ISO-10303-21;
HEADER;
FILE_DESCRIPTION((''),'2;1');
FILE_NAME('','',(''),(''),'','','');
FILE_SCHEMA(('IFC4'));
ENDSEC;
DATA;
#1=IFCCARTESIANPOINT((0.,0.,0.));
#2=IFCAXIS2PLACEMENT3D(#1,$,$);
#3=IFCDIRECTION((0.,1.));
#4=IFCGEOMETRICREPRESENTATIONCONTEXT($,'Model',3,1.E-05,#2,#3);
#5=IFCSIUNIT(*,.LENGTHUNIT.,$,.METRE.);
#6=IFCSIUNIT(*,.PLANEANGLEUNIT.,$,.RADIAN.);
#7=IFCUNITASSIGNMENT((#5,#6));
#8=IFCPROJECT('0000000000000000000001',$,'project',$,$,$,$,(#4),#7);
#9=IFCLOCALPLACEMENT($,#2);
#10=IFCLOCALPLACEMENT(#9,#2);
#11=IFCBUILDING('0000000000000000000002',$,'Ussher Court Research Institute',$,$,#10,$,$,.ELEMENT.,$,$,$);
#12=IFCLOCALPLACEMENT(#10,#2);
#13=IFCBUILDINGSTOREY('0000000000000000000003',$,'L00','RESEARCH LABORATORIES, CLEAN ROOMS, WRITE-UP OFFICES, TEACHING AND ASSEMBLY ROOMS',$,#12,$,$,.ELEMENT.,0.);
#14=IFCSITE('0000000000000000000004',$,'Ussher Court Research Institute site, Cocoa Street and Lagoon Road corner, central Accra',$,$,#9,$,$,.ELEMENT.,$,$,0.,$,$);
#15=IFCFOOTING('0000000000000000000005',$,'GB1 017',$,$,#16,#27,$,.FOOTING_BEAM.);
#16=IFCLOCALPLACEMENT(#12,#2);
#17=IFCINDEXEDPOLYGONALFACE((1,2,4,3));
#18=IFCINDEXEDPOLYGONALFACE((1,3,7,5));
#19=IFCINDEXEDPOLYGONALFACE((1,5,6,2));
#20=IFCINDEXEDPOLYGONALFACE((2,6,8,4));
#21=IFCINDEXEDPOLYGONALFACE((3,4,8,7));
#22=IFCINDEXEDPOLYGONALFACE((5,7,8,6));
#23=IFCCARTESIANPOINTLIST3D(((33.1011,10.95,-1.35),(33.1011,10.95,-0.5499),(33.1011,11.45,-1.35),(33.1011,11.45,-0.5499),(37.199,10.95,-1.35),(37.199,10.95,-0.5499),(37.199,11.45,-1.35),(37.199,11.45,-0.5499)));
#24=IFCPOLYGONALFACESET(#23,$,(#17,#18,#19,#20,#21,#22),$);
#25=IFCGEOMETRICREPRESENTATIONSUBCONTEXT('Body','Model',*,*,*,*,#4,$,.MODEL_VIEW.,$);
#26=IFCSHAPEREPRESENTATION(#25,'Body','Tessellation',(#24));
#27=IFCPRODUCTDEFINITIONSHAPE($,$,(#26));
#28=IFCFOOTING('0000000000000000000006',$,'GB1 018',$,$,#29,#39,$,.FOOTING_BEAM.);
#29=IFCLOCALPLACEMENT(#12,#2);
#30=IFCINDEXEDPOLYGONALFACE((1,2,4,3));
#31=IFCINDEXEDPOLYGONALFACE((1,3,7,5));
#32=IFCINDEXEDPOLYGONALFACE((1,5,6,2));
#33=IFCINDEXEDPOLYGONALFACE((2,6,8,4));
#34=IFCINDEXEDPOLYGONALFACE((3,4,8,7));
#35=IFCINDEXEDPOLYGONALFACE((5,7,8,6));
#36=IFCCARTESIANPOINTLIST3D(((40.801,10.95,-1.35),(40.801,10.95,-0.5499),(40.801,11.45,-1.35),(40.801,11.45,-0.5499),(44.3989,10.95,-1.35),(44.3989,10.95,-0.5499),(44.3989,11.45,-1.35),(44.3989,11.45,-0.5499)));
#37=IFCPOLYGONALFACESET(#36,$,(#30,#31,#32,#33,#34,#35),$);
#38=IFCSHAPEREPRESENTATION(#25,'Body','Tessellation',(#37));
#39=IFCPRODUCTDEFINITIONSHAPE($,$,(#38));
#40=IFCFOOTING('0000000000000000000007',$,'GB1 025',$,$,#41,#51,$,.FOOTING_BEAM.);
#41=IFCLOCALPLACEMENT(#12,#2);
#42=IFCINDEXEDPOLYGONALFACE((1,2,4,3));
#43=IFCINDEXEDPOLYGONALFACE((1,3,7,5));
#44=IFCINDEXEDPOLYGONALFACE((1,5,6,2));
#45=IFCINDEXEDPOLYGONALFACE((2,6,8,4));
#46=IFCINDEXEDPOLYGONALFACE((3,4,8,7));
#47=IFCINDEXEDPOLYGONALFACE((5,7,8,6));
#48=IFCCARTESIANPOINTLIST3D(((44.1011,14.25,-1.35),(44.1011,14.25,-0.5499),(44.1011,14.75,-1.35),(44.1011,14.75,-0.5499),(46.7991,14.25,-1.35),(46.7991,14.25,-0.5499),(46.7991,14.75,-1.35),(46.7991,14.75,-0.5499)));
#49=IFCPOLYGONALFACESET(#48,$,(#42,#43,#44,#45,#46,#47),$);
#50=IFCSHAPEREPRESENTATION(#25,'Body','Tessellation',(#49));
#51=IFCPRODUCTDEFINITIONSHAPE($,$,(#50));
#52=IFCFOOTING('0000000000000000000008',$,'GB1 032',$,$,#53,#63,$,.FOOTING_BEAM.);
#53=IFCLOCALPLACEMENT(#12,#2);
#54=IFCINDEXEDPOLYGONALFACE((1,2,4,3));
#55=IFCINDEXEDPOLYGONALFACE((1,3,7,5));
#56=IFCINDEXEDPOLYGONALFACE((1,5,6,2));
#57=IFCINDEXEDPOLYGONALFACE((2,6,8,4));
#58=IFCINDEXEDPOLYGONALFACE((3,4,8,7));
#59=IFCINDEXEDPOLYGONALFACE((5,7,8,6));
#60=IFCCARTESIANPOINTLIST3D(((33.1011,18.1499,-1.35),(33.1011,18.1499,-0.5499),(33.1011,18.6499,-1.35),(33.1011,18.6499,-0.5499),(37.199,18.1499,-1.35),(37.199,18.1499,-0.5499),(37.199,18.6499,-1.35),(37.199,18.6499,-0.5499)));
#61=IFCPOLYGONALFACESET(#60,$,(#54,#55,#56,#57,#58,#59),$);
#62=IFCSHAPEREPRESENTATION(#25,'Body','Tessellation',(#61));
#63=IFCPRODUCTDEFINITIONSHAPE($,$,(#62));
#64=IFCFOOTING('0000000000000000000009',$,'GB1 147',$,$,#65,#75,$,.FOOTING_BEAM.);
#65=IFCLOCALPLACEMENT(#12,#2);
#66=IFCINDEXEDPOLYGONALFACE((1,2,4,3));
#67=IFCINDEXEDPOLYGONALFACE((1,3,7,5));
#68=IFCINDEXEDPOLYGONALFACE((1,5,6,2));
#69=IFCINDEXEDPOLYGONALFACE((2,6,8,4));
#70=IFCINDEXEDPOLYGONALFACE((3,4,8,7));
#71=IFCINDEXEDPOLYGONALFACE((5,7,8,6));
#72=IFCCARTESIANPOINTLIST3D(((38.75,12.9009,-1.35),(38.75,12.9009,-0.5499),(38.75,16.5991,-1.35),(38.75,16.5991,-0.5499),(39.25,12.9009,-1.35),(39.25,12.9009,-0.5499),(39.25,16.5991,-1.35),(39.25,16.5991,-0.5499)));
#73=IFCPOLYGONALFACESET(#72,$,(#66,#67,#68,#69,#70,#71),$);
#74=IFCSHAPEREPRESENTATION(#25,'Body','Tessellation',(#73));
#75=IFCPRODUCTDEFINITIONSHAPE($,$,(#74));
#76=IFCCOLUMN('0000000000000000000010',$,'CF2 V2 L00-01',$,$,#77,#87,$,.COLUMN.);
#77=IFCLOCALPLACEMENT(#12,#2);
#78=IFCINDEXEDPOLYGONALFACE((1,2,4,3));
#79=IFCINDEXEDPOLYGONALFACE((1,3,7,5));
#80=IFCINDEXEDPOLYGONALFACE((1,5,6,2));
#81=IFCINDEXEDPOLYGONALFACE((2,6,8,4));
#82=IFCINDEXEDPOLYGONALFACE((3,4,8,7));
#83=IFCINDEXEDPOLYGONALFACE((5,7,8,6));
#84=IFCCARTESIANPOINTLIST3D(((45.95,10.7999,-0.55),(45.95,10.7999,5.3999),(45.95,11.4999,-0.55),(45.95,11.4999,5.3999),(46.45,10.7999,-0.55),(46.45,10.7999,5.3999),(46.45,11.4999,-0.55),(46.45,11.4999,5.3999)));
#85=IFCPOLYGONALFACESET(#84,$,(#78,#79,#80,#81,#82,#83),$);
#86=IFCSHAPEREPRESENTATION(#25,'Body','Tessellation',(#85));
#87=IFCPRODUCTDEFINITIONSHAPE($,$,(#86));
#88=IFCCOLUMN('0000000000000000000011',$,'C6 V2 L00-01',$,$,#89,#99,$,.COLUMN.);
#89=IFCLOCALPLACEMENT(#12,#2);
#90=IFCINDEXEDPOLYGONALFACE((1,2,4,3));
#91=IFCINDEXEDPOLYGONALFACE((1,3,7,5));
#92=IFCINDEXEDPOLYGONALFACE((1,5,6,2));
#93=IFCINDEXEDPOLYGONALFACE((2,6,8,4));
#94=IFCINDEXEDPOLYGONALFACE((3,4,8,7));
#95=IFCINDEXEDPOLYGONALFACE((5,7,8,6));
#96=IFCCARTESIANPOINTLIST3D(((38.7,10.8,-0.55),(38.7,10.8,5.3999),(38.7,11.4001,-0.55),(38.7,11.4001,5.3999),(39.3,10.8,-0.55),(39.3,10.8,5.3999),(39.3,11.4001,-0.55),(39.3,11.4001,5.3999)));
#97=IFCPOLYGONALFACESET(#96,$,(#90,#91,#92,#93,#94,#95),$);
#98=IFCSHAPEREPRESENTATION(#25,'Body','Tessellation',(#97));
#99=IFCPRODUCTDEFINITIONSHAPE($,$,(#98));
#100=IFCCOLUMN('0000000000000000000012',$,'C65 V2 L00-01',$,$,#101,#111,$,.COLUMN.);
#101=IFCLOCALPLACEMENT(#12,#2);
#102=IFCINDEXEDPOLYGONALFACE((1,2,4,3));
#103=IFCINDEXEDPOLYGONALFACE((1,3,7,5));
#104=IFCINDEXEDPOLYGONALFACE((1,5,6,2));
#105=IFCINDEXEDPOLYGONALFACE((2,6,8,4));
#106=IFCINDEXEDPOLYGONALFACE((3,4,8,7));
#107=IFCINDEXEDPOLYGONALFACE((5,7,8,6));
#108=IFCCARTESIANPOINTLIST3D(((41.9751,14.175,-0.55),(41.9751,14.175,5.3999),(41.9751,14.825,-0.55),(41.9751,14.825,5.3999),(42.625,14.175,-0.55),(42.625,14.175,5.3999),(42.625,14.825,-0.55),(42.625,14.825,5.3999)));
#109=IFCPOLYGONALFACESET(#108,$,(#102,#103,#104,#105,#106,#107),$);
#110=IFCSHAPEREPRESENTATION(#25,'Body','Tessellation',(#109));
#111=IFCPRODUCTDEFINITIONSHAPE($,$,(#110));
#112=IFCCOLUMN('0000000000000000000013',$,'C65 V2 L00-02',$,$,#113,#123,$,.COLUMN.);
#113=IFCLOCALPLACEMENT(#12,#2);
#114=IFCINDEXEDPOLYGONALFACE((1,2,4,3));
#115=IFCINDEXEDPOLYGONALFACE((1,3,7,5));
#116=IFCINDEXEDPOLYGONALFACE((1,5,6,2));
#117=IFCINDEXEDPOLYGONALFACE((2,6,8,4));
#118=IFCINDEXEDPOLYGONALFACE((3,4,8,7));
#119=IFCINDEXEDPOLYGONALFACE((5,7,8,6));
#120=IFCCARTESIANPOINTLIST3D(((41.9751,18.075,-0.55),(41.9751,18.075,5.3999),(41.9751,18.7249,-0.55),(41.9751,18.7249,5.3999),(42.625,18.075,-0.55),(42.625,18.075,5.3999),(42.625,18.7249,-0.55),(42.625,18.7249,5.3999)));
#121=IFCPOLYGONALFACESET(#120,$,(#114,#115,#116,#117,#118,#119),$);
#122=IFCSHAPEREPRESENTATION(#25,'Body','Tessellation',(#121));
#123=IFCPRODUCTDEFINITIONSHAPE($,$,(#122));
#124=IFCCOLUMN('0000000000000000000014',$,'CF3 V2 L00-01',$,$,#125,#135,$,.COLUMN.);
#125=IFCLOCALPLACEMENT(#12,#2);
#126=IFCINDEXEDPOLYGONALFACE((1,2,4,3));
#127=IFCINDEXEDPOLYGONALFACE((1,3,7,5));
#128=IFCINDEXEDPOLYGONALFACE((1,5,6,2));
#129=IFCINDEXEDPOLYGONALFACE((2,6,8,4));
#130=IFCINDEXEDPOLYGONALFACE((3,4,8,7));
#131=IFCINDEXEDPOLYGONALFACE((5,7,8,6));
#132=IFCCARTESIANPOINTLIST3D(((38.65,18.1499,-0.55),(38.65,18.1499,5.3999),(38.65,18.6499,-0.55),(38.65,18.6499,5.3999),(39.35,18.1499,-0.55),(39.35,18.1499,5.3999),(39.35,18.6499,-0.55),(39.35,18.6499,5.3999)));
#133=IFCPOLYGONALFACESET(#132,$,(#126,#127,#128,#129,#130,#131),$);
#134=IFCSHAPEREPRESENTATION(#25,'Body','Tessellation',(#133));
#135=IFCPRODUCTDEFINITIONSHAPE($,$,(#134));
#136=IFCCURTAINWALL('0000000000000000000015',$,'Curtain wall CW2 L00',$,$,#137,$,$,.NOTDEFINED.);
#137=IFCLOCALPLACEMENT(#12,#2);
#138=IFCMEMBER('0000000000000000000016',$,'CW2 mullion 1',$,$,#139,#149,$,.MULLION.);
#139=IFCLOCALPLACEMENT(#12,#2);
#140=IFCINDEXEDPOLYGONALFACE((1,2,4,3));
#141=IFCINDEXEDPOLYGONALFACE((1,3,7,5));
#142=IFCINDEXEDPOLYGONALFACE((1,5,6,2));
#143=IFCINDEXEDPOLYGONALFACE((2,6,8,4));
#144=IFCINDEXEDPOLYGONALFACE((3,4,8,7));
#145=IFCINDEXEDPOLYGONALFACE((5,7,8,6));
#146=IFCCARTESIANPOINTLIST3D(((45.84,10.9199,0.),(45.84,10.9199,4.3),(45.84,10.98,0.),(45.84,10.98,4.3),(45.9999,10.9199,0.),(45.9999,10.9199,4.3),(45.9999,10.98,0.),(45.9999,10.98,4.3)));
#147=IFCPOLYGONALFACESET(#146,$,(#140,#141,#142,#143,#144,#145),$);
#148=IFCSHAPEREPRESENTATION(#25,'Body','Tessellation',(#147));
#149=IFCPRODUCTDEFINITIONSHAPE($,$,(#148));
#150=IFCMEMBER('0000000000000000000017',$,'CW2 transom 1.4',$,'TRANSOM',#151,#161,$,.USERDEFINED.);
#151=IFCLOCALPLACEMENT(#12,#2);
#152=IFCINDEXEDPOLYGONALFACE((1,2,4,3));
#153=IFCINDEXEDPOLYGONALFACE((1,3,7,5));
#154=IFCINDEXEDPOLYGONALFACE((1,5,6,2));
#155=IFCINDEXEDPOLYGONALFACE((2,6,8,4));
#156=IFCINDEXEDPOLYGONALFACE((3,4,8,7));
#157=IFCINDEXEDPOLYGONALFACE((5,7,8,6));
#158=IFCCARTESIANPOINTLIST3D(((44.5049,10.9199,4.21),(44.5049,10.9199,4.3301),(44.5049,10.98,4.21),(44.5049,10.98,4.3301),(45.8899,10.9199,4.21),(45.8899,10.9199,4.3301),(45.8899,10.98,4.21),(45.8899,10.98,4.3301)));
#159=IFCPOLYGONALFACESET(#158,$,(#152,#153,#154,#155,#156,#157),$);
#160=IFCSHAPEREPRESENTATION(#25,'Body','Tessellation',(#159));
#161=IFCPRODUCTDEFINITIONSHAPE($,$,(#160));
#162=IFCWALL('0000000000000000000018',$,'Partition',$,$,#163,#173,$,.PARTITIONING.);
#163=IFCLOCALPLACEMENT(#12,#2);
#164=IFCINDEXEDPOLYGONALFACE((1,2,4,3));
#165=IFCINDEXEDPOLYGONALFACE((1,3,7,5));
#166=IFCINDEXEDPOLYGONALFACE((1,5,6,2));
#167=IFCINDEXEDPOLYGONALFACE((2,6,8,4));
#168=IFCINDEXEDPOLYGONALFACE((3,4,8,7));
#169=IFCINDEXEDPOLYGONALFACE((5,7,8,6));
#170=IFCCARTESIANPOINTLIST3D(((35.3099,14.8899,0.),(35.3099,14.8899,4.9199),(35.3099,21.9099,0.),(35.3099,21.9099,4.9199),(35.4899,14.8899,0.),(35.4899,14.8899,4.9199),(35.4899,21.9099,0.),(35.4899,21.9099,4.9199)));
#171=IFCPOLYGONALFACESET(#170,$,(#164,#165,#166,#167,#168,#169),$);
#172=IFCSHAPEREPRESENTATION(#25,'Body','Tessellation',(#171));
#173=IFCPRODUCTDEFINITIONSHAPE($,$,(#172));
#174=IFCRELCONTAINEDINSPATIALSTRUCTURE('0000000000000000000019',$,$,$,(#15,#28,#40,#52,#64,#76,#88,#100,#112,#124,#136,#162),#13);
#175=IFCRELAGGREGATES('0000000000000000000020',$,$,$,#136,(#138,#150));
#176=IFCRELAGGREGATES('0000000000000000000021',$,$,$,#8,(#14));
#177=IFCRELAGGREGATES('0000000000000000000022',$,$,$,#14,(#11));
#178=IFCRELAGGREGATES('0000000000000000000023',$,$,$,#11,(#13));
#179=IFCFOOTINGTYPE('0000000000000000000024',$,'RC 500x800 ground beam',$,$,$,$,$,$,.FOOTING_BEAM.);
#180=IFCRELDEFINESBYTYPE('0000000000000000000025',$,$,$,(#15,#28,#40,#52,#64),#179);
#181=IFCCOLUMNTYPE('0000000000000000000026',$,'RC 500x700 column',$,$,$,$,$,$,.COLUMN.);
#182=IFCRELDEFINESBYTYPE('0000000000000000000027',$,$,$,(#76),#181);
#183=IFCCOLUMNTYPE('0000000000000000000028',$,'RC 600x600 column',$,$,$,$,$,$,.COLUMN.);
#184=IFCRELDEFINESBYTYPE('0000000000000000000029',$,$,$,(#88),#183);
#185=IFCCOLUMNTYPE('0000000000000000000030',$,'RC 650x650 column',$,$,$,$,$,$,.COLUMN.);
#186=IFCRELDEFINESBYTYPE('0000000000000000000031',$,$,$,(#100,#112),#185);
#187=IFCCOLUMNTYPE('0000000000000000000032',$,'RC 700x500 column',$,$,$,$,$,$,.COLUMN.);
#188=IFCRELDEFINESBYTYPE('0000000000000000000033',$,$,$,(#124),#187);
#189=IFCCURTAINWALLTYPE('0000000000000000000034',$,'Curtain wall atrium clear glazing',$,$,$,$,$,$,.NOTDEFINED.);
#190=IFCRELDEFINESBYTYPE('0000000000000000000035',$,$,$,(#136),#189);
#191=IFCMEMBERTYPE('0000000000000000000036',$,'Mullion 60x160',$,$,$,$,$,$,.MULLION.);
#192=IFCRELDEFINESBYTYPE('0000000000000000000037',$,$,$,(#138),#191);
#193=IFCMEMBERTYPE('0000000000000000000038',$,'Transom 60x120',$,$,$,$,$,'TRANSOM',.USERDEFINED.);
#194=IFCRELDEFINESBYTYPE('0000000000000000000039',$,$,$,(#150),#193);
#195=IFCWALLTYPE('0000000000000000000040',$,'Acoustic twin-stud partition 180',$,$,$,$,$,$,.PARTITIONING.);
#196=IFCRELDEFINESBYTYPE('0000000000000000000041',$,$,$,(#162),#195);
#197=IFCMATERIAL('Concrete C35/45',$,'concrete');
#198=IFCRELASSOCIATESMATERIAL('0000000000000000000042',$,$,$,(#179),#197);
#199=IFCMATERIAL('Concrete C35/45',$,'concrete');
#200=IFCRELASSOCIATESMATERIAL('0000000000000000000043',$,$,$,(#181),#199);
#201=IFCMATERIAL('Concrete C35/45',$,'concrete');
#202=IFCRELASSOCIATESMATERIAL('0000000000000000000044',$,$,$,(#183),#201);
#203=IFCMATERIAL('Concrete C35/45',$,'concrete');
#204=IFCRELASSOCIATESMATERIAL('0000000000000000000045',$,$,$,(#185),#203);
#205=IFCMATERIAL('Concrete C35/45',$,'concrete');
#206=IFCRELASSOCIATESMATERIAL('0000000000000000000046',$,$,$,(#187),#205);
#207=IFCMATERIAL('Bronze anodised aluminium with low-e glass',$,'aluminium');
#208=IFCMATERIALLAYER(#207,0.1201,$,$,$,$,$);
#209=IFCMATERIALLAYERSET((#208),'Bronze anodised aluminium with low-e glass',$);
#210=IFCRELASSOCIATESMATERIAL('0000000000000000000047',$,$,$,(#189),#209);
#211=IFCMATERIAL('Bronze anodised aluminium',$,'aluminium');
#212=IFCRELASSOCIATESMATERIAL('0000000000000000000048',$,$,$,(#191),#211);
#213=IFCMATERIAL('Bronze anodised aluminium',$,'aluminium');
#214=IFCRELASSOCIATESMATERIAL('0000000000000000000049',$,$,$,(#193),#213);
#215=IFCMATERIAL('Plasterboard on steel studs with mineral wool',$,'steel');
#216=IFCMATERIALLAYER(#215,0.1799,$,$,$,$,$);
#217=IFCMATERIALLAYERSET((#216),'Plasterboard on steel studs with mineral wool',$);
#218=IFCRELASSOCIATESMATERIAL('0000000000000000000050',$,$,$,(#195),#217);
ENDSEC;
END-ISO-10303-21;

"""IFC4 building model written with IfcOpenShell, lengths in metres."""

from ifc_helpers import new_model, si_unit, direction, frame, frame_2d, origin, origin_2d, place, context, subcontext, project, spatial, rectangle, extrude, material, layer, layer_set, material_profile, profile_set, type_object, element, aggregate, save


model = new_model("IFC4")

# Units and contexts
model_context = context("Model", 3, precision=1e-05, world=origin(), true_north=direction((0.0, 1.0)))
body_context = subcontext(model_context, "Body", "Model", "MODEL_VIEW")
ifc_project = project(units=[si_unit("LENGTHUNIT", "METRE"), si_unit("PLANEANGLEUNIT", "RADIAN")], contexts=[model_context])

# Site, building, storey
site_placement = place(None, origin())
site = spatial("IfcSite", under=ifc_project, at=site_placement, Name="Ussher Court Research Institute site, Cocoa Street and Lagoon Road corner, central Accra", CompositionType="ELEMENT", RefElevation=0.0)
building_placement = place(site_placement, origin())
building = spatial("IfcBuilding", under=site, at=building_placement, Name="Ussher Court Research Institute", CompositionType="ELEMENT")
storey_placement = place(building_placement, origin())
storey = spatial("IfcBuildingStorey", under=building, at=storey_placement, Name="L00", Description="RESEARCH LABORATORIES, CLEAN ROOMS, WRITE-UP OFFICES, TEACHING AND ASSEMBLY ROOMS", CompositionType="ELEMENT", Elevation=0.0)

# Footings
ifc_material_1 = material(Name="Concrete C35/45", Category="concrete")
ifc_material_profile_1 = material_profile(ifc_material_1, rectangle(XDim=0.5, YDim=0.8, at=origin_2d()), Name="RC 500x800")
ifc_profile_set_1 = profile_set([ifc_material_profile_1], Name="Concrete C35/45")
footing_type = type_object("IfcFootingType", Name="RC 500x800 ground beam", PredefinedType="FOOTING_BEAM", material=ifc_profile_set_1)
footing_1_placement = place(storey_placement, frame((33.1011, 11.2, -0.95), z_axis=(1.0, 0.0, 0.0), x_axis=(0.0, 1.0, 0.0)))
element("IfcFooting", 1, at=footing_1_placement, inside=storey, type_object=footing_type, Name="GB1 017", PredefinedType="FOOTING_BEAM", context=body_context, shape_type="SweptSolid", body=[
    extrude(rectangle(XDim=0.5, YDim=0.8, at=origin_2d()), origin(), (0.0, 0.0, 1.0), 4.0979),
])
footing_2_placement = place(storey_placement, frame((40.801, 11.2, -0.95), z_axis=(1.0, 0.0, 0.0), x_axis=(0.0, 1.0, 0.0)))
element("IfcFooting", 2, at=footing_2_placement, inside=storey, type_object=footing_type, Name="GB1 018", PredefinedType="FOOTING_BEAM", context=body_context, shape_type="SweptSolid", body=[
    extrude(rectangle(XDim=0.5, YDim=0.8, at=origin_2d()), origin(), (0.0, 0.0, 1.0), 3.5979),
])
footing_3_placement = place(storey_placement, frame((44.1011, 14.5, -0.95), z_axis=(1.0, 0.0, 0.0), x_axis=(0.0, 1.0, 0.0)))
element("IfcFooting", 3, at=footing_3_placement, inside=storey, type_object=footing_type, Name="GB1 025", PredefinedType="FOOTING_BEAM", context=body_context, shape_type="SweptSolid", body=[
    extrude(rectangle(XDim=0.5, YDim=0.8, at=origin_2d()), origin(), (0.0, 0.0, 1.0), 2.698),
])
footing_4_placement = place(storey_placement, frame((33.1011, 18.3999, -0.95), z_axis=(1.0, 0.0, 0.0), x_axis=(0.0, 1.0, 0.0)))
element("IfcFooting", 4, at=footing_4_placement, inside=storey, type_object=footing_type, Name="GB1 032", PredefinedType="FOOTING_BEAM", context=body_context, shape_type="SweptSolid", body=[
    extrude(rectangle(XDim=0.5, YDim=0.8, at=origin_2d()), origin(), (0.0, 0.0, 1.0), 4.0979),
])
footing_5_placement = place(storey_placement, frame((39.0, 12.9009, -0.95), z_axis=(0.0, 1.0, 0.0), x_axis=(-1.0, 0.0, 0.0)))
element("IfcFooting", 5, at=footing_5_placement, inside=storey, type_object=footing_type, Name="GB1 147", PredefinedType="FOOTING_BEAM", context=body_context, shape_type="SweptSolid", body=[
    extrude(rectangle(XDim=0.5, YDim=0.8, at=origin_2d()), origin(), (0.0, 0.0, 1.0), 3.6982),
])

# Columns
ifc_material_2 = material(Name="Concrete C35/45", Category="concrete")
ifc_material_profile_2 = material_profile(ifc_material_2, rectangle(XDim=0.5, YDim=0.7, at=origin_2d()), Name="RC 500x700")
ifc_profile_set_2 = profile_set([ifc_material_profile_2], Name="Concrete C35/45")
column_type_1 = type_object("IfcColumnType", Name="RC 500x700 column", PredefinedType="COLUMN", material=ifc_profile_set_2)
column_1_placement = place(storey_placement, frame((46.2, 11.1499, -0.55), z_axis=(0.0, 0.0, 1.0), x_axis=(1.0, 0.0, 0.0)))
element("IfcColumn", 6, at=column_1_placement, inside=storey, type_object=column_type_1, Name="CF2 V2 L00-01", PredefinedType="COLUMN", context=body_context, shape_type="SweptSolid", body=[
    extrude(rectangle(XDim=0.5, YDim=0.7, at=origin_2d()), origin(), (0.0, 0.0, 1.0), 5.95),
])
ifc_material_3 = material(Name="Concrete C35/45", Category="concrete")
ifc_material_profile_3 = material_profile(ifc_material_3, rectangle(XDim=0.6001, YDim=0.6001, at=origin_2d()), Name="RC 600x600")
ifc_profile_set_3 = profile_set([ifc_material_profile_3], Name="Concrete C35/45")
column_type_2 = type_object("IfcColumnType", Name="RC 600x600 column", PredefinedType="COLUMN", material=ifc_profile_set_3)
column_2_placement = place(storey_placement, frame((39.0, 11.1001, -0.55), z_axis=(0.0, 0.0, 1.0), x_axis=(1.0, 0.0, 0.0)))
element("IfcColumn", 7, at=column_2_placement, inside=storey, type_object=column_type_2, Name="C6 V2 L00-01", PredefinedType="COLUMN", context=body_context, shape_type="SweptSolid", body=[
    extrude(rectangle(XDim=0.6001, YDim=0.6001, at=origin_2d()), origin(), (0.0, 0.0, 1.0), 5.95),
])
ifc_material_4 = material(Name="Concrete C35/45", Category="concrete")
ifc_material_profile_4 = material_profile(ifc_material_4, rectangle(XDim=0.6499, YDim=0.6499, at=origin_2d()), Name="RC 650x650")
ifc_profile_set_4 = profile_set([ifc_material_profile_4], Name="Concrete C35/45")
column_type_3 = type_object("IfcColumnType", Name="RC 650x650 column", PredefinedType="COLUMN", material=ifc_profile_set_4)
for number, where, z_axis, x_axis, name in (
    (8, (42.3, 14.5, -0.55), (0.0, 0.0, 1.0), (1.0, 0.0, 0.0), "C65 V2 L00-01"),
    (9, (42.3, 18.3999, -0.55), (0.0, 0.0, 1.0), (1.0, 0.0, 0.0), "C65 V2 L00-02"),
):
    element("IfcColumn", number, at=place(storey_placement, frame(where, z_axis=z_axis, x_axis=x_axis)), inside=storey, type_object=column_type_3, Name=name, PredefinedType="COLUMN", context=body_context, shape_type="SweptSolid", body=[
        extrude(rectangle(XDim=0.6499, YDim=0.6499, at=origin_2d()), origin(), (0.0, 0.0, 1.0), 5.95),
    ])
ifc_material_5 = material(Name="Concrete C35/45", Category="concrete")
ifc_material_profile_5 = material_profile(ifc_material_5, rectangle(XDim=0.7, YDim=0.5, at=origin_2d()), Name="RC 700x500")
ifc_profile_set_5 = profile_set([ifc_material_profile_5], Name="Concrete C35/45")
column_type_4 = type_object("IfcColumnType", Name="RC 700x500 column", PredefinedType="COLUMN", material=ifc_profile_set_5)
column_3_placement = place(storey_placement, frame((39.0, 18.3999, -0.55), z_axis=(0.0, 0.0, 1.0), x_axis=(1.0, 0.0, 0.0)))
element("IfcColumn", 10, at=column_3_placement, inside=storey, type_object=column_type_4, Name="CF3 V2 L00-01", PredefinedType="COLUMN", context=body_context, shape_type="SweptSolid", body=[
    extrude(rectangle(XDim=0.7, YDim=0.5, at=origin_2d()), origin(), (0.0, 0.0, 1.0), 5.95),
])

# Curtain wall, members
ifc_material_6 = material(Name="Bronze anodised aluminium with low-e glass", Category="aluminium")
ifc_layer_1 = layer(ifc_material_6, 0.1201)
ifc_layer_set_1 = layer_set([ifc_layer_1], Name="Bronze anodised aluminium with low-e glass")
curtain_wall_type = type_object("IfcCurtainWallType", Name="Curtain wall atrium clear glazing", PredefinedType="NOTDEFINED", material=ifc_layer_set_1)
curtain_wall_placement = place(storey_placement, origin())
curtain_wall = element("IfcCurtainWall", 11, at=curtain_wall_placement, inside=storey, type_object=curtain_wall_type, Name="Curtain wall CW2 L00", PredefinedType="NOTDEFINED")
ifc_material_7 = material(Name="Bronze anodised aluminium", Category="aluminium")
ifc_material_profile_6 = material_profile(ifc_material_7, rectangle(XDim=0.0601, YDim=0.1599, at=origin_2d()), Name="Mullion 60x160")
ifc_profile_set_6 = profile_set([ifc_material_profile_6], Name="Bronze anodised aluminium")
member_type_1 = type_object("IfcMemberType", Name="Mullion 60x160", PredefinedType="MULLION", material=ifc_profile_set_6)
member_1_placement = place(storey_placement, frame((45.9199, 10.95, 0.0), z_axis=(0.0, 0.0, 1.0), x_axis=(0.0, -1.0, 0.0)))
member_1 = element("IfcMember", 12, at=member_1_placement, type_object=member_type_1, Name="CW2 mullion 1", PredefinedType="MULLION", context=body_context, shape_type="SweptSolid", body=[
    extrude(rectangle(XDim=0.0601, YDim=0.1599, at=origin_2d()), origin(), (0.0, 0.0, 1.0), 4.3),
])
ifc_material_8 = material(Name="Bronze anodised aluminium", Category="aluminium")
ifc_material_profile_7 = material_profile(ifc_material_8, rectangle(XDim=0.0601, YDim=0.1201, at=origin_2d()), Name="Transom 60x120")
ifc_profile_set_7 = profile_set([ifc_material_profile_7], Name="Bronze anodised aluminium")
member_type_2 = type_object("IfcMemberType", Name="Transom 60x120", ElementType="TRANSOM", PredefinedType="USERDEFINED", material=ifc_profile_set_7)
member_2_placement = place(storey_placement, frame((45.8899, 10.95, 4.27), z_axis=(-1.0, 0.0, 0.0), x_axis=(0.0, -1.0, 0.0)))
member_2 = element("IfcMember", 13, at=member_2_placement, type_object=member_type_2, Name="CW2 transom 1.4", ObjectType="TRANSOM", PredefinedType="USERDEFINED", context=body_context, shape_type="SweptSolid", body=[
    extrude(rectangle(XDim=0.0601, YDim=0.1201, at=origin_2d()), origin(), (0.0, 0.0, 1.0), 1.385),
])
aggregate(curtain_wall, [member_1, member_2])

# Wall
ifc_material_9 = material(Name="Plasterboard on steel studs with mineral wool", Category="steel")
ifc_layer_2 = layer(ifc_material_9, 0.1799)
ifc_layer_set_2 = layer_set([ifc_layer_2], Name="Plasterboard on steel studs with mineral wool")
wall_type_1 = type_object("IfcWallType", Name="Acoustic twin-stud partition 180", PredefinedType="PARTITIONING", material=ifc_layer_set_2)
wall_1_placement = place(storey_placement, frame((35.3999, 14.8899, 0.0), z_axis=(0.0, 0.0, 1.0), x_axis=(0.0, 1.0, 0.0)))
element("IfcWall", 14, at=wall_1_placement, inside=storey, type_object=wall_type_1, Name="Partition", PredefinedType="PARTITIONING", context=body_context, shape_type="SweptSolid", body=[
    extrude(rectangle(XDim=7.02, YDim=0.1799, at=frame_2d((3.51, 0.0))), origin(), (0.0, 0.0, 1.0), 4.9199),
])

save(model, "model.ifc")
